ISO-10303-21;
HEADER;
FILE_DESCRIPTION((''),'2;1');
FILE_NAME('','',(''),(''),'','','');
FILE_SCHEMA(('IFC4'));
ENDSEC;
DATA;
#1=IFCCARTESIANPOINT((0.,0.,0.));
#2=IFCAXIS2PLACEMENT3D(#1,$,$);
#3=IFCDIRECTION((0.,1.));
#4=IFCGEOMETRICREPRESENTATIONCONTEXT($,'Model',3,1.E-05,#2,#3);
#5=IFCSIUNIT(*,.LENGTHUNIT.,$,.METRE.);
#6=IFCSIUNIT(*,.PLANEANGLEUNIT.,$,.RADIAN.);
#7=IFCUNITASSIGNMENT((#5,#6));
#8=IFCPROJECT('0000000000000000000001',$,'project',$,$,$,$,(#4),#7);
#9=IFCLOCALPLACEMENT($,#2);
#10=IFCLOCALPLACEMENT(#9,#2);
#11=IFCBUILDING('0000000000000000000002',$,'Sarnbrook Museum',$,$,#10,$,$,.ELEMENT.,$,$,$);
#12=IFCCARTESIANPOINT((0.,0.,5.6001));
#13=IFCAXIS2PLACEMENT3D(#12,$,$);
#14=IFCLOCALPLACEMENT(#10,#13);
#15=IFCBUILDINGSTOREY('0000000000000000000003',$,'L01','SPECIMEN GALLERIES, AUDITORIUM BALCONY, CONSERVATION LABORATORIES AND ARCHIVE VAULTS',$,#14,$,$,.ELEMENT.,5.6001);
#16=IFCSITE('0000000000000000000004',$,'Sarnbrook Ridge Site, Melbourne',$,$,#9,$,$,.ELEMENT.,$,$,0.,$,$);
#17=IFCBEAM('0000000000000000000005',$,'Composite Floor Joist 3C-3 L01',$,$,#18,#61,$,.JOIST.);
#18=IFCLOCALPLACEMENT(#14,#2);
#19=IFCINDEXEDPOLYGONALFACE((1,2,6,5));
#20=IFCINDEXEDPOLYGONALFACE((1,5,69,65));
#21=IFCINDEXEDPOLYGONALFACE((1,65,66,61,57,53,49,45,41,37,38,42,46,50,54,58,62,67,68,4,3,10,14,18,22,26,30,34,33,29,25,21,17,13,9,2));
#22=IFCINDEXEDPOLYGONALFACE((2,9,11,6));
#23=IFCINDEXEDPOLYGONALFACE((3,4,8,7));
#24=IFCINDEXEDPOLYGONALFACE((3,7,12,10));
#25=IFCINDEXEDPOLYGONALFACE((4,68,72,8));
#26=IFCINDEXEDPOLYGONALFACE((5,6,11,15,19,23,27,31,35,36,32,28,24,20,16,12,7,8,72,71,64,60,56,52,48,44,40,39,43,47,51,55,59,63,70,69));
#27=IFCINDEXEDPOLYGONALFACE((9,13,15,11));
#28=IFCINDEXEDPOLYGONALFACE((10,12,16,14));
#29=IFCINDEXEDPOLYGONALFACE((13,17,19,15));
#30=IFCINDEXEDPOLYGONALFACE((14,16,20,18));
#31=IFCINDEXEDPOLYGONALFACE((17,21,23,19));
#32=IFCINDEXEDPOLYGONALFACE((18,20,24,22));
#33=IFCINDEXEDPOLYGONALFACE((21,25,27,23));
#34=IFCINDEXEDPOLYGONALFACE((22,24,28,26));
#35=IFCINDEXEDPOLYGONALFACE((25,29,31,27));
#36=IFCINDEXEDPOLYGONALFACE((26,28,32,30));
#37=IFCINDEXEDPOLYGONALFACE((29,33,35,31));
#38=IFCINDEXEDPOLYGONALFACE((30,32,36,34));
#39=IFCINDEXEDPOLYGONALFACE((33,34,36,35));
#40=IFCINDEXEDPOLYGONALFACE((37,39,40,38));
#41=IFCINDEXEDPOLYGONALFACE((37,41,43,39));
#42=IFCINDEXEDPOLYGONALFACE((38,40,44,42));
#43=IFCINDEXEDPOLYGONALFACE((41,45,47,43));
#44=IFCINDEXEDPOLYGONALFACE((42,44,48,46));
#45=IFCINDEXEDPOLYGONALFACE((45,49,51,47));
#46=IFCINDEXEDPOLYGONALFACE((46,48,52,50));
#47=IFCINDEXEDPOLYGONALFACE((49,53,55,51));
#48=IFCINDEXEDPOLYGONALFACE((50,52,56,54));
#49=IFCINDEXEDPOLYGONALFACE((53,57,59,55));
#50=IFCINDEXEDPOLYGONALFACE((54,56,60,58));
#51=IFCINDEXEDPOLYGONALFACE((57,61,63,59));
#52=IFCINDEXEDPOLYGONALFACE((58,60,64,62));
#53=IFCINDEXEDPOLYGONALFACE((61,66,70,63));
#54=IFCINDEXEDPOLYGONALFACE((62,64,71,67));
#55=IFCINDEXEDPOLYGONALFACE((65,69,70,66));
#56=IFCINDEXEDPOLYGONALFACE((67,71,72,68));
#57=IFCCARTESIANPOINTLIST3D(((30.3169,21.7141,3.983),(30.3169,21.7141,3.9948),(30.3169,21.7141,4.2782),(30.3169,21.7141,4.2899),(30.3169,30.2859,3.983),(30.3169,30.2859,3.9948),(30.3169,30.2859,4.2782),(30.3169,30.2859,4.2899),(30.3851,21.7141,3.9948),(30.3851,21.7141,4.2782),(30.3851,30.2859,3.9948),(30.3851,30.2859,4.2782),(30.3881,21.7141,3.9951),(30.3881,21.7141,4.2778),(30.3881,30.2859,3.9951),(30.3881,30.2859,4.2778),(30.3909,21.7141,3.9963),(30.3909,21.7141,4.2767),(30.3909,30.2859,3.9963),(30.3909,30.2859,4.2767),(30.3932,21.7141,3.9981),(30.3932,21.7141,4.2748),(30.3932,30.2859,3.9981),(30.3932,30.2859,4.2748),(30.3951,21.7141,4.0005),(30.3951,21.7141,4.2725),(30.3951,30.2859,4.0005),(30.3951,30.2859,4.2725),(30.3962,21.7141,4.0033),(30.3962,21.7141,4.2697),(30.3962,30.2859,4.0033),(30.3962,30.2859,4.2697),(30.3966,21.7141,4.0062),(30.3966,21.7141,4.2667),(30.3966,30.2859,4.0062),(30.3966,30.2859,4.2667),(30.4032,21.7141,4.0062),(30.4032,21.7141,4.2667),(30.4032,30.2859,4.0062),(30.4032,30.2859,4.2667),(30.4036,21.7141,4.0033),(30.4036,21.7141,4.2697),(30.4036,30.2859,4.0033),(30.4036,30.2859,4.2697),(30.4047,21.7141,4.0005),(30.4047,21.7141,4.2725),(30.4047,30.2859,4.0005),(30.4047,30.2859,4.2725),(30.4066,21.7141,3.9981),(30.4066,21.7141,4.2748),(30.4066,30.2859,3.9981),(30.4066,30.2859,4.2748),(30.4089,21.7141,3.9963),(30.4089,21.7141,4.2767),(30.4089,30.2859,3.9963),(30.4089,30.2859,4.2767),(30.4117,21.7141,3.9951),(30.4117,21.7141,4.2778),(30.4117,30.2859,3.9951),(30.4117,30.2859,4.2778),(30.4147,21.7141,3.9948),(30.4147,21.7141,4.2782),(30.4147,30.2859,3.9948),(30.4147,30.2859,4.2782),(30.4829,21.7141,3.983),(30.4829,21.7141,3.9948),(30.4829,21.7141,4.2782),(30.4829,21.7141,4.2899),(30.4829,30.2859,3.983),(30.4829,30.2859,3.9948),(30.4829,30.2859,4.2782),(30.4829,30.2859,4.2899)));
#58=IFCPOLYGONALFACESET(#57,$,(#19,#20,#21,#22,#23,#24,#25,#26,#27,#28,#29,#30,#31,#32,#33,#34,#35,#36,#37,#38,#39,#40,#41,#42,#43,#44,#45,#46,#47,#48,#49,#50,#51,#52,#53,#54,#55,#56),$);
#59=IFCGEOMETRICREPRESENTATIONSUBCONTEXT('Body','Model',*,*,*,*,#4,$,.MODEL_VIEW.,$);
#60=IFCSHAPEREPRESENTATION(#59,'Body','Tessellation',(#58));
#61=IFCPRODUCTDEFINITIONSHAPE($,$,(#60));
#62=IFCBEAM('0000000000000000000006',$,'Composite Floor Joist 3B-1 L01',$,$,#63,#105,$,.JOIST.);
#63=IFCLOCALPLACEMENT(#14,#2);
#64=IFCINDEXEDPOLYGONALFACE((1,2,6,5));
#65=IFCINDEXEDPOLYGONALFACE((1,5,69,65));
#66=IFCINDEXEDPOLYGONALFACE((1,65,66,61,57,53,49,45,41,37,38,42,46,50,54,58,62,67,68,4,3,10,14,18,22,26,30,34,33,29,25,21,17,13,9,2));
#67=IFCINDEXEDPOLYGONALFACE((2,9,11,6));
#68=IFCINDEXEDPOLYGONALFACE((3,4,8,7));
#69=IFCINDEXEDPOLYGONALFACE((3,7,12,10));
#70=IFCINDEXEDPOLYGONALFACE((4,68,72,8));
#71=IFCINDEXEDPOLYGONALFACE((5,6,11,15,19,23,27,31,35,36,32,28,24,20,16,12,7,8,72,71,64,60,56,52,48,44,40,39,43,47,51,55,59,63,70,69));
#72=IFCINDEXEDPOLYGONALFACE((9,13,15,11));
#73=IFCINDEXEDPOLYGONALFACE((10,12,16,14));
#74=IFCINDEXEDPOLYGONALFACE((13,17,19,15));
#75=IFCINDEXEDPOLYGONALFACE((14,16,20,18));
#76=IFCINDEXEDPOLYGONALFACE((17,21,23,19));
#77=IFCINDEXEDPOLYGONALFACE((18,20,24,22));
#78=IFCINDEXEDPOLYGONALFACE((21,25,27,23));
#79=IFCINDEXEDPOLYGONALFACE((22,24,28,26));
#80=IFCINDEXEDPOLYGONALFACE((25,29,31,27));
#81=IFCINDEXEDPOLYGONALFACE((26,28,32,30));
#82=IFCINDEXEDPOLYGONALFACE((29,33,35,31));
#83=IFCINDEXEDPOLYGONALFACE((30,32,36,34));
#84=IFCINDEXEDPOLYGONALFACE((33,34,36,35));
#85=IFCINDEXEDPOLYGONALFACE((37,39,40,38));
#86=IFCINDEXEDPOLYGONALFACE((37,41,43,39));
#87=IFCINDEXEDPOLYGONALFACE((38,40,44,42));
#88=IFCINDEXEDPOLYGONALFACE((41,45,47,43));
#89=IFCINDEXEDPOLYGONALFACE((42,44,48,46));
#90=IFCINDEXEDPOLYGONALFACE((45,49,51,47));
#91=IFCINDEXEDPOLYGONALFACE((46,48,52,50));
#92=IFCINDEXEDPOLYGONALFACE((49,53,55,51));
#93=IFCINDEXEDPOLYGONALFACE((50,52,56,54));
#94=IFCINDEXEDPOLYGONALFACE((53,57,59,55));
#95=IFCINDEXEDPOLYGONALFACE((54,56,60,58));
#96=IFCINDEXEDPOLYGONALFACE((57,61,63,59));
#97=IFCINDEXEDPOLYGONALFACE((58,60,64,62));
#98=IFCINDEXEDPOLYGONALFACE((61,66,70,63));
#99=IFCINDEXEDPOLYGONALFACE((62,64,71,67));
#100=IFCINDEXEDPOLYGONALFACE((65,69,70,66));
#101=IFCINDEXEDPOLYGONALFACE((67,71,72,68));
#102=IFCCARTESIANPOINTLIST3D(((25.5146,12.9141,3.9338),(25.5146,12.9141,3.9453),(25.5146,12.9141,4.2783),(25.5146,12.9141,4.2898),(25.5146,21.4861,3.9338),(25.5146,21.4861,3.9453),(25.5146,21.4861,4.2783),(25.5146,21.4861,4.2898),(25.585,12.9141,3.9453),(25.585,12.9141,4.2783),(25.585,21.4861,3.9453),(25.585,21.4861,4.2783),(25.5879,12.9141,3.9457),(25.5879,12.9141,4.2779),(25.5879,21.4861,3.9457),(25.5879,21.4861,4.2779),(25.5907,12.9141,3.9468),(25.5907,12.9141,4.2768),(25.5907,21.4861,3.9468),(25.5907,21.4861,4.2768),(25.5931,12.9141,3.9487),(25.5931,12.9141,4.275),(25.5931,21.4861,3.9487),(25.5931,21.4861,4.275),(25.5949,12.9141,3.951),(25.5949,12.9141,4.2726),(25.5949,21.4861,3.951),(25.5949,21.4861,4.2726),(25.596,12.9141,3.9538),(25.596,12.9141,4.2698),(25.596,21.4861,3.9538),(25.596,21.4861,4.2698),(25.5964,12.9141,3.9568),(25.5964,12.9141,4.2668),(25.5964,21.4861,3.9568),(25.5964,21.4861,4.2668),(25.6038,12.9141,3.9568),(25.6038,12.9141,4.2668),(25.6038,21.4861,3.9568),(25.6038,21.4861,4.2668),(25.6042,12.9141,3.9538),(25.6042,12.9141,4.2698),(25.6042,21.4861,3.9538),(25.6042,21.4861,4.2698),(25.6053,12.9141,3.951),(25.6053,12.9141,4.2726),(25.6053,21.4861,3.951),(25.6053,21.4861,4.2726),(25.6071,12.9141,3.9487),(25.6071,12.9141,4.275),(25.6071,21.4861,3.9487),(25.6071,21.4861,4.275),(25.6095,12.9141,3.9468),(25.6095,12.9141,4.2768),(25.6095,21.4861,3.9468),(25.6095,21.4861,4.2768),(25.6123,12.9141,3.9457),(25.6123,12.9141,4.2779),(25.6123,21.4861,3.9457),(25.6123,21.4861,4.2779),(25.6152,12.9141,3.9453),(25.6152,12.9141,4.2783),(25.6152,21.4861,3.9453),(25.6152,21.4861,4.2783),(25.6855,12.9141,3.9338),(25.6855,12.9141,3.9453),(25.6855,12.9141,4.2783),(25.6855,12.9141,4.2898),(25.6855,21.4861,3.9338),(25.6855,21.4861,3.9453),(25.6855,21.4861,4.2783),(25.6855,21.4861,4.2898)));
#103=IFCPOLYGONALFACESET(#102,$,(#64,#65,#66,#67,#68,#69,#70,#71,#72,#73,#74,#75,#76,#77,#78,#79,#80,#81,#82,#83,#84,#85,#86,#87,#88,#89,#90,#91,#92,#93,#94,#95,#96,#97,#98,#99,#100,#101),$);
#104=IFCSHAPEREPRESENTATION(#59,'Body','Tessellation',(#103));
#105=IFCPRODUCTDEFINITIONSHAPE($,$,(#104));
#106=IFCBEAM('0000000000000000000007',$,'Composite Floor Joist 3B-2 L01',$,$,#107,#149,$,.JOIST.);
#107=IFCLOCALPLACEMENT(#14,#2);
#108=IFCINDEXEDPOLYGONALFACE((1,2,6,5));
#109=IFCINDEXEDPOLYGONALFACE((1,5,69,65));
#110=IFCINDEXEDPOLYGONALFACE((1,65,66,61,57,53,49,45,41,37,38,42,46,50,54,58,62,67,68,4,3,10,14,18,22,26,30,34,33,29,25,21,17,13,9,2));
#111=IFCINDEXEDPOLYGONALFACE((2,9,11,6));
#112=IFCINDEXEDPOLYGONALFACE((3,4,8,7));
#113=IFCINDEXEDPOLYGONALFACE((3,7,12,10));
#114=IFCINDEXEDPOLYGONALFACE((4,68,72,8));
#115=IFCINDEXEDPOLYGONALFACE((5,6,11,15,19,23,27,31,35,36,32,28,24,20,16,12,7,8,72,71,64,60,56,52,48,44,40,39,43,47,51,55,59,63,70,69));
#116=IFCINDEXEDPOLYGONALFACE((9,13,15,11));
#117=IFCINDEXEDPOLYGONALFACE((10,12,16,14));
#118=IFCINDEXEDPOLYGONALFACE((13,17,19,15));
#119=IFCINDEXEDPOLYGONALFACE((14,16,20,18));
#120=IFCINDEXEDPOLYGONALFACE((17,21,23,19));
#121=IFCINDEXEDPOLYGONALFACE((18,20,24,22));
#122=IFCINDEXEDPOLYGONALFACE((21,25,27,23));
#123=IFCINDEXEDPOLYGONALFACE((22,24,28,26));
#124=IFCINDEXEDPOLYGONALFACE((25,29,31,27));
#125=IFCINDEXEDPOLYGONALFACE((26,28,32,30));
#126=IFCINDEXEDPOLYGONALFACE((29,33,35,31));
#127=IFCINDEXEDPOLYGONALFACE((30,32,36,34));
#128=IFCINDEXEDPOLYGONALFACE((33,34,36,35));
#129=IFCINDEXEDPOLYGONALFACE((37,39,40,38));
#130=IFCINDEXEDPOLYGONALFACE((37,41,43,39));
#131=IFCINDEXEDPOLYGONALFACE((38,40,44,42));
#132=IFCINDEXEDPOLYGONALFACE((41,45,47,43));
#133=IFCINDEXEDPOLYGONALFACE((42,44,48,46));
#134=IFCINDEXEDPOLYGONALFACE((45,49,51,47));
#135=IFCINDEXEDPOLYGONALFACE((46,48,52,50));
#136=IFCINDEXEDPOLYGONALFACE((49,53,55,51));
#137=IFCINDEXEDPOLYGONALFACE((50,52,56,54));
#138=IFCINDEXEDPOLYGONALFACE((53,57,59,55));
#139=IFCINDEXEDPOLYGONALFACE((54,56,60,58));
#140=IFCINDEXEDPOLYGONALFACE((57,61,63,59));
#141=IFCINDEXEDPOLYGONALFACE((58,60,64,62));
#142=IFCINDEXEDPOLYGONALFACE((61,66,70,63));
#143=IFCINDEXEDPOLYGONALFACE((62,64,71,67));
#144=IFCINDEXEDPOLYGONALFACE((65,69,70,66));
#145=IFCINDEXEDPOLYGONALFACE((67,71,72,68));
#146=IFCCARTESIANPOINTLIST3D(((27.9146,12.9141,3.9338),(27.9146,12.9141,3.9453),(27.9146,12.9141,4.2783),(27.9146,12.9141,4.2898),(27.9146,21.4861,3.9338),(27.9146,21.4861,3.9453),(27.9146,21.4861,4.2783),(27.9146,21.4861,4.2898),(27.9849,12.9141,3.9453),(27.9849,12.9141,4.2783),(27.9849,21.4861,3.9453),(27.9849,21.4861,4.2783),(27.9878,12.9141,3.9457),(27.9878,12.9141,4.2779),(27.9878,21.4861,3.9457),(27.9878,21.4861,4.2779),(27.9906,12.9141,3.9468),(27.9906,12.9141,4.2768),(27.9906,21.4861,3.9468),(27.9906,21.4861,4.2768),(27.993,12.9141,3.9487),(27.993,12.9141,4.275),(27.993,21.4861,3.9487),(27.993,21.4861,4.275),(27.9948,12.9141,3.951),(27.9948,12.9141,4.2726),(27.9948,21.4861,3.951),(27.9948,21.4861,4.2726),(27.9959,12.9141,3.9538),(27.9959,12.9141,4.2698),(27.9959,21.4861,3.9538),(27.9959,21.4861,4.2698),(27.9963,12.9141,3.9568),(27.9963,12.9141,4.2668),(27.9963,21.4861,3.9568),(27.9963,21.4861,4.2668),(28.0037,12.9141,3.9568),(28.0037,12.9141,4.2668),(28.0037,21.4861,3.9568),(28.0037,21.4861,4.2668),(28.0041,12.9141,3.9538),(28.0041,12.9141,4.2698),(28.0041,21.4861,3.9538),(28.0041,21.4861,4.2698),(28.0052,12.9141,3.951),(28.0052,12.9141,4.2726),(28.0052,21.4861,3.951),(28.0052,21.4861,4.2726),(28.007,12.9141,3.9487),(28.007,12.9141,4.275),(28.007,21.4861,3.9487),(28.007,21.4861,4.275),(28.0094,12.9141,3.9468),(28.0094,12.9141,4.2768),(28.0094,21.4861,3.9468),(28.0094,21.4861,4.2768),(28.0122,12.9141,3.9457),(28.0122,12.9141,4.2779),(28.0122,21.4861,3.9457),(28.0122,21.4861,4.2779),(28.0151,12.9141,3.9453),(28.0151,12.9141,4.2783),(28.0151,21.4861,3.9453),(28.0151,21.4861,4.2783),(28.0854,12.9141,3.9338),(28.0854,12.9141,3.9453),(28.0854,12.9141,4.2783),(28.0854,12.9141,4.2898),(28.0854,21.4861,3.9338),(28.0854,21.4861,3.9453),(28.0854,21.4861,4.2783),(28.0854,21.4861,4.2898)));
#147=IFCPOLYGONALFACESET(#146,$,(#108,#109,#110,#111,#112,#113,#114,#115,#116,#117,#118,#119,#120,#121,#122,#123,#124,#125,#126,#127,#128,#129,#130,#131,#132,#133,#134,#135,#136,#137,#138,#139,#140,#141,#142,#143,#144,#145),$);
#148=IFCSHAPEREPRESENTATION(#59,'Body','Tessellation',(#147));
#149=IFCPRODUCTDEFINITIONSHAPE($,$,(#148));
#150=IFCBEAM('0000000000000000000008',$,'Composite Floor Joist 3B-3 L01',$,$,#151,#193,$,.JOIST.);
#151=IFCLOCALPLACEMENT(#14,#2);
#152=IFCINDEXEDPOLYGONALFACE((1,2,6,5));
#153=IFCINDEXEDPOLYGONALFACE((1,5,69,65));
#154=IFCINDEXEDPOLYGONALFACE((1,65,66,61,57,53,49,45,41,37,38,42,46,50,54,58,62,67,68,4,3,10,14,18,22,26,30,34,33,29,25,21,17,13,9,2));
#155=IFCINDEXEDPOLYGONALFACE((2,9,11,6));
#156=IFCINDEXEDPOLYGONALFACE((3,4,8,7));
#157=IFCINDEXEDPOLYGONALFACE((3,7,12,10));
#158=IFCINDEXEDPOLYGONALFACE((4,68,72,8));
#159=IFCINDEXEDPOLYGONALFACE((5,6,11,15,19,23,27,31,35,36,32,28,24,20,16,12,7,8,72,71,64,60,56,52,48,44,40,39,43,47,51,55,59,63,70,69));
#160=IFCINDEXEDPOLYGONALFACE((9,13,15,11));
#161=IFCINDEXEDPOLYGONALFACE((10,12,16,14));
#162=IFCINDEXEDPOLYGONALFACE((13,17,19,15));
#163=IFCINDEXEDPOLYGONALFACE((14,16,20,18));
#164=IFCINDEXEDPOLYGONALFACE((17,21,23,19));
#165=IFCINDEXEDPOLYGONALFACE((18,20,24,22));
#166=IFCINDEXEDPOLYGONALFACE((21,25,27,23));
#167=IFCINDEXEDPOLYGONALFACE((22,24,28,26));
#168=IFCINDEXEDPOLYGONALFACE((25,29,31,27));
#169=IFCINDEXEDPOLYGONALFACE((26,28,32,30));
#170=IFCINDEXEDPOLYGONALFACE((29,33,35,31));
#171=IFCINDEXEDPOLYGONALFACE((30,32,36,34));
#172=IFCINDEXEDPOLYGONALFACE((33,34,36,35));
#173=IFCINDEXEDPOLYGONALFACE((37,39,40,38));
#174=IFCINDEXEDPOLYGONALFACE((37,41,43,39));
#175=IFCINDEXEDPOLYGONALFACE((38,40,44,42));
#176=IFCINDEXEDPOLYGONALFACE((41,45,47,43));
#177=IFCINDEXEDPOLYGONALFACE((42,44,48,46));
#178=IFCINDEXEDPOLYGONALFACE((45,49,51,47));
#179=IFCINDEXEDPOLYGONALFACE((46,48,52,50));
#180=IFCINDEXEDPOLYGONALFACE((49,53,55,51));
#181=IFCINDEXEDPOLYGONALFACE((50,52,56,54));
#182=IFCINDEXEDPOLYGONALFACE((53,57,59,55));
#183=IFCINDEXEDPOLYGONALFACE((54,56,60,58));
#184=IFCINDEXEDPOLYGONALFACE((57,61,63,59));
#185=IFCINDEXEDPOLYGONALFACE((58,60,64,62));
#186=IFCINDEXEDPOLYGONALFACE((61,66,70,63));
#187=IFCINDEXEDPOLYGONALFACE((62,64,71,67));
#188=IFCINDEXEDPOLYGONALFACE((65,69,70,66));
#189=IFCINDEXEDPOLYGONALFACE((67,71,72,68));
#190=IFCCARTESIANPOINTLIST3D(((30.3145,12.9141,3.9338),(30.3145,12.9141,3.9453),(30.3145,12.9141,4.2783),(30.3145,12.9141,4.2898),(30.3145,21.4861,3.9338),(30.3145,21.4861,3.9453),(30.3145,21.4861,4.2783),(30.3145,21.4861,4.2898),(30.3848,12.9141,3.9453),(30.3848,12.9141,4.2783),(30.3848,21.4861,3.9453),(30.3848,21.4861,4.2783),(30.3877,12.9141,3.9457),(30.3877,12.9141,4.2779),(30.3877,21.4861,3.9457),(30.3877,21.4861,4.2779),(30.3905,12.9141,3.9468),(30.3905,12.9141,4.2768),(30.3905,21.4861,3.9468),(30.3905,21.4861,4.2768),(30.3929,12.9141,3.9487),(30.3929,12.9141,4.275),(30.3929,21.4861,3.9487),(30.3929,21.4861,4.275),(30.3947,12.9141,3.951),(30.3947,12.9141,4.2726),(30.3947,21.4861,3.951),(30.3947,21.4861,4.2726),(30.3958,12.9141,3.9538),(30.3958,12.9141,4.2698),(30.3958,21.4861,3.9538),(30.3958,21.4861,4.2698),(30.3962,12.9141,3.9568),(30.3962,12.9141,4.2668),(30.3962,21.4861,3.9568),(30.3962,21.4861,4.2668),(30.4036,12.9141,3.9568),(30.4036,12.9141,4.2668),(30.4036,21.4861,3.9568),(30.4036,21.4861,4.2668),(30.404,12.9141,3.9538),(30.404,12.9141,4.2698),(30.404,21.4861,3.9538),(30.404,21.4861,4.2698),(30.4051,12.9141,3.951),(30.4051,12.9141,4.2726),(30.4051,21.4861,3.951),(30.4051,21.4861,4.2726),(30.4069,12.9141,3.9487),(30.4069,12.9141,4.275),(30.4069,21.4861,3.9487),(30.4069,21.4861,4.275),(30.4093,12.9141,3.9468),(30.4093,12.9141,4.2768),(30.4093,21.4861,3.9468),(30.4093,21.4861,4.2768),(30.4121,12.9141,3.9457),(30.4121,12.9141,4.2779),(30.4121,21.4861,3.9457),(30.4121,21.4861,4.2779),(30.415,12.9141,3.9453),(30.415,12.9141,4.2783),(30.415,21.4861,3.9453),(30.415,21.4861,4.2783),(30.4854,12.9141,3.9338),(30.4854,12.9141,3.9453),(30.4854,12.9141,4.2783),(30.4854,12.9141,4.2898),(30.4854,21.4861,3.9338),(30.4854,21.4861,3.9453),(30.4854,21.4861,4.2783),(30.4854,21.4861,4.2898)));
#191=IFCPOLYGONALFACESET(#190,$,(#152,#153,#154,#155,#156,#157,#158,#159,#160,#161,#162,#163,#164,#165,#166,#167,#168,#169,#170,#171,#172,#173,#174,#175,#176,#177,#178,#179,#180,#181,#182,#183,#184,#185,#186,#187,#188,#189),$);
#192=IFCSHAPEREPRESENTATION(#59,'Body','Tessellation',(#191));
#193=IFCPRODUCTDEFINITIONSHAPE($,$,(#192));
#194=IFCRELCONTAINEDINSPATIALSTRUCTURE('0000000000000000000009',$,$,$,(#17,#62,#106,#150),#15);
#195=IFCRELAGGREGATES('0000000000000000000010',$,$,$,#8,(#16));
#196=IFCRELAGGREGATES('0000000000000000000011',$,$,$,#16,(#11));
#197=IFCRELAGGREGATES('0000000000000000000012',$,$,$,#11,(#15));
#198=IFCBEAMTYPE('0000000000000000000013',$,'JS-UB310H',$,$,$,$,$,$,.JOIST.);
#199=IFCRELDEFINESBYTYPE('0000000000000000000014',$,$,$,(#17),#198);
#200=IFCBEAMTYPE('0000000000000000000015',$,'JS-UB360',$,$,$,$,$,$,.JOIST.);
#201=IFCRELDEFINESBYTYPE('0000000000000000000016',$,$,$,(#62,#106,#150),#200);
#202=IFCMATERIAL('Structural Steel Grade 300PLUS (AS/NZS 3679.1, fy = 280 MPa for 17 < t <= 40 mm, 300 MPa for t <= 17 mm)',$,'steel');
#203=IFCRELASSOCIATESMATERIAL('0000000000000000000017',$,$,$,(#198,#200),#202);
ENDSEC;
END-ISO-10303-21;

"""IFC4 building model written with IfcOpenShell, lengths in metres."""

from ifc_helpers import new_model, si_unit, direction, frame, origin, origin_2d, place, context, subcontext, project, spatial, i_section, extrude, material, material_profile, profile_set, type_object, element, save


model = new_model("IFC4")

# Units and contexts
model_context = context("Model", 3, precision=1e-05, world=origin(), true_north=direction((0.0, 1.0)))
body_context = subcontext(model_context, "Body", "Model", "MODEL_VIEW")
ifc_project = project(units=[si_unit("LENGTHUNIT", "METRE"), si_unit("PLANEANGLEUNIT", "RADIAN")], contexts=[model_context])

# Site, building, storey
site_placement = place(None, origin())
site = spatial("IfcSite", under=ifc_project, at=site_placement, Name="Sarnbrook Ridge Site, Melbourne", CompositionType="ELEMENT", RefElevation=0.0)
building_placement = place(site_placement, origin())
building = spatial("IfcBuilding", under=site, at=building_placement, Name="Sarnbrook Museum", CompositionType="ELEMENT")
storey_placement = place(building_placement, frame((0.0, 0.0, 5.6001)))
storey = spatial("IfcBuildingStorey", under=building, at=storey_placement, Name="L01", Description="SPECIMEN GALLERIES, AUDITORIUM BALCONY, CONSERVATION LABORATORIES AND ARCHIVE VAULTS", CompositionType="ELEMENT", Elevation=5.6001)

# Shared definitions
ifc_material_1 = material(Name="Structural Steel Grade 300PLUS (AS/NZS 3679.1, fy = 280 MPa for 17 < t <= 40 mm, 300 MPa for t <= 17 mm)", Category="steel")

# Beams
ifc_material_profile_1 = material_profile(ifc_material_1, i_section(OverallWidth=0.166, OverallDepth=0.3069, WebThickness=0.0066, FlangeThickness=0.0117, FilletRadius=0.0115, at=origin_2d()), Name="310UB46.2")
ifc_profile_set_1 = profile_set([ifc_material_profile_1], Name="Structural Steel Grade 300PLUS (AS/NZS 3679.1, fy = 280 MPa for 17 < t <= 40 mm, 300 MPa for t <= 17 mm)")
beam_type_1 = type_object("IfcBeamType", Name="JS-UB310H", PredefinedType="JOIST", material=ifc_profile_set_1)
for number, where, z_axis, x_axis, name in (
    (1, (30.3999, 21.7141, 4.1365), (0.0, 1.0, 0.0), (-1.0, 0.0, 0.0), "Composite Floor Joist 3C-3 L01"),
):
    element("IfcBeam", number, at=place(storey_placement, frame(where, z_axis=z_axis, x_axis=x_axis)), inside=storey, type_object=beam_type_1, Name=name, PredefinedType="JOIST", context=body_context, shape_type="SweptSolid", body=[
        extrude(i_section(OverallWidth=0.166, OverallDepth=0.3069, WebThickness=0.0066, FlangeThickness=0.0117, FilletRadius=0.0115, at=origin_2d()), origin(), (0.0, 0.0, 1.0), 8.5718),
    ])
ifc_material_profile_2 = material_profile(ifc_material_1, i_section(OverallWidth=0.1709, OverallDepth=0.356, WebThickness=0.0073, FlangeThickness=0.0115, FilletRadius=0.0115, at=origin_2d()), Name="360UB50.7")
ifc_profile_set_2 = profile_set([ifc_material_profile_2], Name="Structural Steel Grade 300PLUS (AS/NZS 3679.1, fy = 280 MPa for 17 < t <= 40 mm, 300 MPa for t <= 17 mm)")
beam_type_2 = type_object("IfcBeamType", Name="JS-UB360", PredefinedType="JOIST", material=ifc_profile_set_2)
for number, where, z_axis, x_axis, name in (
    (2, (25.6001, 12.9141, 4.1118), (0.0, 1.0, 0.0), (-1.0, 0.0, 0.0), "Composite Floor Joist 3B-1 L01"),
    (3, (28.0, 12.9141, 4.1118), (0.0, 1.0, 0.0), (-1.0, 0.0, 0.0), "Composite Floor Joist 3B-2 L01"),
    (4, (30.3999, 12.9141, 4.1118), (0.0, 1.0, 0.0), (-1.0, 0.0, 0.0), "Composite Floor Joist 3B-3 L01"),
):
    element("IfcBeam", number, at=place(storey_placement, frame(where, z_axis=z_axis, x_axis=x_axis)), inside=storey, type_object=beam_type_2, Name=name, PredefinedType="JOIST", context=body_context, shape_type="SweptSolid", body=[
        extrude(i_section(OverallWidth=0.1709, OverallDepth=0.356, WebThickness=0.0073, FlangeThickness=0.0115, FilletRadius=0.0115, at=origin_2d()), origin(), (0.0, 0.0, 1.0), 8.572),
    ])

save(model, "model.ifc")
